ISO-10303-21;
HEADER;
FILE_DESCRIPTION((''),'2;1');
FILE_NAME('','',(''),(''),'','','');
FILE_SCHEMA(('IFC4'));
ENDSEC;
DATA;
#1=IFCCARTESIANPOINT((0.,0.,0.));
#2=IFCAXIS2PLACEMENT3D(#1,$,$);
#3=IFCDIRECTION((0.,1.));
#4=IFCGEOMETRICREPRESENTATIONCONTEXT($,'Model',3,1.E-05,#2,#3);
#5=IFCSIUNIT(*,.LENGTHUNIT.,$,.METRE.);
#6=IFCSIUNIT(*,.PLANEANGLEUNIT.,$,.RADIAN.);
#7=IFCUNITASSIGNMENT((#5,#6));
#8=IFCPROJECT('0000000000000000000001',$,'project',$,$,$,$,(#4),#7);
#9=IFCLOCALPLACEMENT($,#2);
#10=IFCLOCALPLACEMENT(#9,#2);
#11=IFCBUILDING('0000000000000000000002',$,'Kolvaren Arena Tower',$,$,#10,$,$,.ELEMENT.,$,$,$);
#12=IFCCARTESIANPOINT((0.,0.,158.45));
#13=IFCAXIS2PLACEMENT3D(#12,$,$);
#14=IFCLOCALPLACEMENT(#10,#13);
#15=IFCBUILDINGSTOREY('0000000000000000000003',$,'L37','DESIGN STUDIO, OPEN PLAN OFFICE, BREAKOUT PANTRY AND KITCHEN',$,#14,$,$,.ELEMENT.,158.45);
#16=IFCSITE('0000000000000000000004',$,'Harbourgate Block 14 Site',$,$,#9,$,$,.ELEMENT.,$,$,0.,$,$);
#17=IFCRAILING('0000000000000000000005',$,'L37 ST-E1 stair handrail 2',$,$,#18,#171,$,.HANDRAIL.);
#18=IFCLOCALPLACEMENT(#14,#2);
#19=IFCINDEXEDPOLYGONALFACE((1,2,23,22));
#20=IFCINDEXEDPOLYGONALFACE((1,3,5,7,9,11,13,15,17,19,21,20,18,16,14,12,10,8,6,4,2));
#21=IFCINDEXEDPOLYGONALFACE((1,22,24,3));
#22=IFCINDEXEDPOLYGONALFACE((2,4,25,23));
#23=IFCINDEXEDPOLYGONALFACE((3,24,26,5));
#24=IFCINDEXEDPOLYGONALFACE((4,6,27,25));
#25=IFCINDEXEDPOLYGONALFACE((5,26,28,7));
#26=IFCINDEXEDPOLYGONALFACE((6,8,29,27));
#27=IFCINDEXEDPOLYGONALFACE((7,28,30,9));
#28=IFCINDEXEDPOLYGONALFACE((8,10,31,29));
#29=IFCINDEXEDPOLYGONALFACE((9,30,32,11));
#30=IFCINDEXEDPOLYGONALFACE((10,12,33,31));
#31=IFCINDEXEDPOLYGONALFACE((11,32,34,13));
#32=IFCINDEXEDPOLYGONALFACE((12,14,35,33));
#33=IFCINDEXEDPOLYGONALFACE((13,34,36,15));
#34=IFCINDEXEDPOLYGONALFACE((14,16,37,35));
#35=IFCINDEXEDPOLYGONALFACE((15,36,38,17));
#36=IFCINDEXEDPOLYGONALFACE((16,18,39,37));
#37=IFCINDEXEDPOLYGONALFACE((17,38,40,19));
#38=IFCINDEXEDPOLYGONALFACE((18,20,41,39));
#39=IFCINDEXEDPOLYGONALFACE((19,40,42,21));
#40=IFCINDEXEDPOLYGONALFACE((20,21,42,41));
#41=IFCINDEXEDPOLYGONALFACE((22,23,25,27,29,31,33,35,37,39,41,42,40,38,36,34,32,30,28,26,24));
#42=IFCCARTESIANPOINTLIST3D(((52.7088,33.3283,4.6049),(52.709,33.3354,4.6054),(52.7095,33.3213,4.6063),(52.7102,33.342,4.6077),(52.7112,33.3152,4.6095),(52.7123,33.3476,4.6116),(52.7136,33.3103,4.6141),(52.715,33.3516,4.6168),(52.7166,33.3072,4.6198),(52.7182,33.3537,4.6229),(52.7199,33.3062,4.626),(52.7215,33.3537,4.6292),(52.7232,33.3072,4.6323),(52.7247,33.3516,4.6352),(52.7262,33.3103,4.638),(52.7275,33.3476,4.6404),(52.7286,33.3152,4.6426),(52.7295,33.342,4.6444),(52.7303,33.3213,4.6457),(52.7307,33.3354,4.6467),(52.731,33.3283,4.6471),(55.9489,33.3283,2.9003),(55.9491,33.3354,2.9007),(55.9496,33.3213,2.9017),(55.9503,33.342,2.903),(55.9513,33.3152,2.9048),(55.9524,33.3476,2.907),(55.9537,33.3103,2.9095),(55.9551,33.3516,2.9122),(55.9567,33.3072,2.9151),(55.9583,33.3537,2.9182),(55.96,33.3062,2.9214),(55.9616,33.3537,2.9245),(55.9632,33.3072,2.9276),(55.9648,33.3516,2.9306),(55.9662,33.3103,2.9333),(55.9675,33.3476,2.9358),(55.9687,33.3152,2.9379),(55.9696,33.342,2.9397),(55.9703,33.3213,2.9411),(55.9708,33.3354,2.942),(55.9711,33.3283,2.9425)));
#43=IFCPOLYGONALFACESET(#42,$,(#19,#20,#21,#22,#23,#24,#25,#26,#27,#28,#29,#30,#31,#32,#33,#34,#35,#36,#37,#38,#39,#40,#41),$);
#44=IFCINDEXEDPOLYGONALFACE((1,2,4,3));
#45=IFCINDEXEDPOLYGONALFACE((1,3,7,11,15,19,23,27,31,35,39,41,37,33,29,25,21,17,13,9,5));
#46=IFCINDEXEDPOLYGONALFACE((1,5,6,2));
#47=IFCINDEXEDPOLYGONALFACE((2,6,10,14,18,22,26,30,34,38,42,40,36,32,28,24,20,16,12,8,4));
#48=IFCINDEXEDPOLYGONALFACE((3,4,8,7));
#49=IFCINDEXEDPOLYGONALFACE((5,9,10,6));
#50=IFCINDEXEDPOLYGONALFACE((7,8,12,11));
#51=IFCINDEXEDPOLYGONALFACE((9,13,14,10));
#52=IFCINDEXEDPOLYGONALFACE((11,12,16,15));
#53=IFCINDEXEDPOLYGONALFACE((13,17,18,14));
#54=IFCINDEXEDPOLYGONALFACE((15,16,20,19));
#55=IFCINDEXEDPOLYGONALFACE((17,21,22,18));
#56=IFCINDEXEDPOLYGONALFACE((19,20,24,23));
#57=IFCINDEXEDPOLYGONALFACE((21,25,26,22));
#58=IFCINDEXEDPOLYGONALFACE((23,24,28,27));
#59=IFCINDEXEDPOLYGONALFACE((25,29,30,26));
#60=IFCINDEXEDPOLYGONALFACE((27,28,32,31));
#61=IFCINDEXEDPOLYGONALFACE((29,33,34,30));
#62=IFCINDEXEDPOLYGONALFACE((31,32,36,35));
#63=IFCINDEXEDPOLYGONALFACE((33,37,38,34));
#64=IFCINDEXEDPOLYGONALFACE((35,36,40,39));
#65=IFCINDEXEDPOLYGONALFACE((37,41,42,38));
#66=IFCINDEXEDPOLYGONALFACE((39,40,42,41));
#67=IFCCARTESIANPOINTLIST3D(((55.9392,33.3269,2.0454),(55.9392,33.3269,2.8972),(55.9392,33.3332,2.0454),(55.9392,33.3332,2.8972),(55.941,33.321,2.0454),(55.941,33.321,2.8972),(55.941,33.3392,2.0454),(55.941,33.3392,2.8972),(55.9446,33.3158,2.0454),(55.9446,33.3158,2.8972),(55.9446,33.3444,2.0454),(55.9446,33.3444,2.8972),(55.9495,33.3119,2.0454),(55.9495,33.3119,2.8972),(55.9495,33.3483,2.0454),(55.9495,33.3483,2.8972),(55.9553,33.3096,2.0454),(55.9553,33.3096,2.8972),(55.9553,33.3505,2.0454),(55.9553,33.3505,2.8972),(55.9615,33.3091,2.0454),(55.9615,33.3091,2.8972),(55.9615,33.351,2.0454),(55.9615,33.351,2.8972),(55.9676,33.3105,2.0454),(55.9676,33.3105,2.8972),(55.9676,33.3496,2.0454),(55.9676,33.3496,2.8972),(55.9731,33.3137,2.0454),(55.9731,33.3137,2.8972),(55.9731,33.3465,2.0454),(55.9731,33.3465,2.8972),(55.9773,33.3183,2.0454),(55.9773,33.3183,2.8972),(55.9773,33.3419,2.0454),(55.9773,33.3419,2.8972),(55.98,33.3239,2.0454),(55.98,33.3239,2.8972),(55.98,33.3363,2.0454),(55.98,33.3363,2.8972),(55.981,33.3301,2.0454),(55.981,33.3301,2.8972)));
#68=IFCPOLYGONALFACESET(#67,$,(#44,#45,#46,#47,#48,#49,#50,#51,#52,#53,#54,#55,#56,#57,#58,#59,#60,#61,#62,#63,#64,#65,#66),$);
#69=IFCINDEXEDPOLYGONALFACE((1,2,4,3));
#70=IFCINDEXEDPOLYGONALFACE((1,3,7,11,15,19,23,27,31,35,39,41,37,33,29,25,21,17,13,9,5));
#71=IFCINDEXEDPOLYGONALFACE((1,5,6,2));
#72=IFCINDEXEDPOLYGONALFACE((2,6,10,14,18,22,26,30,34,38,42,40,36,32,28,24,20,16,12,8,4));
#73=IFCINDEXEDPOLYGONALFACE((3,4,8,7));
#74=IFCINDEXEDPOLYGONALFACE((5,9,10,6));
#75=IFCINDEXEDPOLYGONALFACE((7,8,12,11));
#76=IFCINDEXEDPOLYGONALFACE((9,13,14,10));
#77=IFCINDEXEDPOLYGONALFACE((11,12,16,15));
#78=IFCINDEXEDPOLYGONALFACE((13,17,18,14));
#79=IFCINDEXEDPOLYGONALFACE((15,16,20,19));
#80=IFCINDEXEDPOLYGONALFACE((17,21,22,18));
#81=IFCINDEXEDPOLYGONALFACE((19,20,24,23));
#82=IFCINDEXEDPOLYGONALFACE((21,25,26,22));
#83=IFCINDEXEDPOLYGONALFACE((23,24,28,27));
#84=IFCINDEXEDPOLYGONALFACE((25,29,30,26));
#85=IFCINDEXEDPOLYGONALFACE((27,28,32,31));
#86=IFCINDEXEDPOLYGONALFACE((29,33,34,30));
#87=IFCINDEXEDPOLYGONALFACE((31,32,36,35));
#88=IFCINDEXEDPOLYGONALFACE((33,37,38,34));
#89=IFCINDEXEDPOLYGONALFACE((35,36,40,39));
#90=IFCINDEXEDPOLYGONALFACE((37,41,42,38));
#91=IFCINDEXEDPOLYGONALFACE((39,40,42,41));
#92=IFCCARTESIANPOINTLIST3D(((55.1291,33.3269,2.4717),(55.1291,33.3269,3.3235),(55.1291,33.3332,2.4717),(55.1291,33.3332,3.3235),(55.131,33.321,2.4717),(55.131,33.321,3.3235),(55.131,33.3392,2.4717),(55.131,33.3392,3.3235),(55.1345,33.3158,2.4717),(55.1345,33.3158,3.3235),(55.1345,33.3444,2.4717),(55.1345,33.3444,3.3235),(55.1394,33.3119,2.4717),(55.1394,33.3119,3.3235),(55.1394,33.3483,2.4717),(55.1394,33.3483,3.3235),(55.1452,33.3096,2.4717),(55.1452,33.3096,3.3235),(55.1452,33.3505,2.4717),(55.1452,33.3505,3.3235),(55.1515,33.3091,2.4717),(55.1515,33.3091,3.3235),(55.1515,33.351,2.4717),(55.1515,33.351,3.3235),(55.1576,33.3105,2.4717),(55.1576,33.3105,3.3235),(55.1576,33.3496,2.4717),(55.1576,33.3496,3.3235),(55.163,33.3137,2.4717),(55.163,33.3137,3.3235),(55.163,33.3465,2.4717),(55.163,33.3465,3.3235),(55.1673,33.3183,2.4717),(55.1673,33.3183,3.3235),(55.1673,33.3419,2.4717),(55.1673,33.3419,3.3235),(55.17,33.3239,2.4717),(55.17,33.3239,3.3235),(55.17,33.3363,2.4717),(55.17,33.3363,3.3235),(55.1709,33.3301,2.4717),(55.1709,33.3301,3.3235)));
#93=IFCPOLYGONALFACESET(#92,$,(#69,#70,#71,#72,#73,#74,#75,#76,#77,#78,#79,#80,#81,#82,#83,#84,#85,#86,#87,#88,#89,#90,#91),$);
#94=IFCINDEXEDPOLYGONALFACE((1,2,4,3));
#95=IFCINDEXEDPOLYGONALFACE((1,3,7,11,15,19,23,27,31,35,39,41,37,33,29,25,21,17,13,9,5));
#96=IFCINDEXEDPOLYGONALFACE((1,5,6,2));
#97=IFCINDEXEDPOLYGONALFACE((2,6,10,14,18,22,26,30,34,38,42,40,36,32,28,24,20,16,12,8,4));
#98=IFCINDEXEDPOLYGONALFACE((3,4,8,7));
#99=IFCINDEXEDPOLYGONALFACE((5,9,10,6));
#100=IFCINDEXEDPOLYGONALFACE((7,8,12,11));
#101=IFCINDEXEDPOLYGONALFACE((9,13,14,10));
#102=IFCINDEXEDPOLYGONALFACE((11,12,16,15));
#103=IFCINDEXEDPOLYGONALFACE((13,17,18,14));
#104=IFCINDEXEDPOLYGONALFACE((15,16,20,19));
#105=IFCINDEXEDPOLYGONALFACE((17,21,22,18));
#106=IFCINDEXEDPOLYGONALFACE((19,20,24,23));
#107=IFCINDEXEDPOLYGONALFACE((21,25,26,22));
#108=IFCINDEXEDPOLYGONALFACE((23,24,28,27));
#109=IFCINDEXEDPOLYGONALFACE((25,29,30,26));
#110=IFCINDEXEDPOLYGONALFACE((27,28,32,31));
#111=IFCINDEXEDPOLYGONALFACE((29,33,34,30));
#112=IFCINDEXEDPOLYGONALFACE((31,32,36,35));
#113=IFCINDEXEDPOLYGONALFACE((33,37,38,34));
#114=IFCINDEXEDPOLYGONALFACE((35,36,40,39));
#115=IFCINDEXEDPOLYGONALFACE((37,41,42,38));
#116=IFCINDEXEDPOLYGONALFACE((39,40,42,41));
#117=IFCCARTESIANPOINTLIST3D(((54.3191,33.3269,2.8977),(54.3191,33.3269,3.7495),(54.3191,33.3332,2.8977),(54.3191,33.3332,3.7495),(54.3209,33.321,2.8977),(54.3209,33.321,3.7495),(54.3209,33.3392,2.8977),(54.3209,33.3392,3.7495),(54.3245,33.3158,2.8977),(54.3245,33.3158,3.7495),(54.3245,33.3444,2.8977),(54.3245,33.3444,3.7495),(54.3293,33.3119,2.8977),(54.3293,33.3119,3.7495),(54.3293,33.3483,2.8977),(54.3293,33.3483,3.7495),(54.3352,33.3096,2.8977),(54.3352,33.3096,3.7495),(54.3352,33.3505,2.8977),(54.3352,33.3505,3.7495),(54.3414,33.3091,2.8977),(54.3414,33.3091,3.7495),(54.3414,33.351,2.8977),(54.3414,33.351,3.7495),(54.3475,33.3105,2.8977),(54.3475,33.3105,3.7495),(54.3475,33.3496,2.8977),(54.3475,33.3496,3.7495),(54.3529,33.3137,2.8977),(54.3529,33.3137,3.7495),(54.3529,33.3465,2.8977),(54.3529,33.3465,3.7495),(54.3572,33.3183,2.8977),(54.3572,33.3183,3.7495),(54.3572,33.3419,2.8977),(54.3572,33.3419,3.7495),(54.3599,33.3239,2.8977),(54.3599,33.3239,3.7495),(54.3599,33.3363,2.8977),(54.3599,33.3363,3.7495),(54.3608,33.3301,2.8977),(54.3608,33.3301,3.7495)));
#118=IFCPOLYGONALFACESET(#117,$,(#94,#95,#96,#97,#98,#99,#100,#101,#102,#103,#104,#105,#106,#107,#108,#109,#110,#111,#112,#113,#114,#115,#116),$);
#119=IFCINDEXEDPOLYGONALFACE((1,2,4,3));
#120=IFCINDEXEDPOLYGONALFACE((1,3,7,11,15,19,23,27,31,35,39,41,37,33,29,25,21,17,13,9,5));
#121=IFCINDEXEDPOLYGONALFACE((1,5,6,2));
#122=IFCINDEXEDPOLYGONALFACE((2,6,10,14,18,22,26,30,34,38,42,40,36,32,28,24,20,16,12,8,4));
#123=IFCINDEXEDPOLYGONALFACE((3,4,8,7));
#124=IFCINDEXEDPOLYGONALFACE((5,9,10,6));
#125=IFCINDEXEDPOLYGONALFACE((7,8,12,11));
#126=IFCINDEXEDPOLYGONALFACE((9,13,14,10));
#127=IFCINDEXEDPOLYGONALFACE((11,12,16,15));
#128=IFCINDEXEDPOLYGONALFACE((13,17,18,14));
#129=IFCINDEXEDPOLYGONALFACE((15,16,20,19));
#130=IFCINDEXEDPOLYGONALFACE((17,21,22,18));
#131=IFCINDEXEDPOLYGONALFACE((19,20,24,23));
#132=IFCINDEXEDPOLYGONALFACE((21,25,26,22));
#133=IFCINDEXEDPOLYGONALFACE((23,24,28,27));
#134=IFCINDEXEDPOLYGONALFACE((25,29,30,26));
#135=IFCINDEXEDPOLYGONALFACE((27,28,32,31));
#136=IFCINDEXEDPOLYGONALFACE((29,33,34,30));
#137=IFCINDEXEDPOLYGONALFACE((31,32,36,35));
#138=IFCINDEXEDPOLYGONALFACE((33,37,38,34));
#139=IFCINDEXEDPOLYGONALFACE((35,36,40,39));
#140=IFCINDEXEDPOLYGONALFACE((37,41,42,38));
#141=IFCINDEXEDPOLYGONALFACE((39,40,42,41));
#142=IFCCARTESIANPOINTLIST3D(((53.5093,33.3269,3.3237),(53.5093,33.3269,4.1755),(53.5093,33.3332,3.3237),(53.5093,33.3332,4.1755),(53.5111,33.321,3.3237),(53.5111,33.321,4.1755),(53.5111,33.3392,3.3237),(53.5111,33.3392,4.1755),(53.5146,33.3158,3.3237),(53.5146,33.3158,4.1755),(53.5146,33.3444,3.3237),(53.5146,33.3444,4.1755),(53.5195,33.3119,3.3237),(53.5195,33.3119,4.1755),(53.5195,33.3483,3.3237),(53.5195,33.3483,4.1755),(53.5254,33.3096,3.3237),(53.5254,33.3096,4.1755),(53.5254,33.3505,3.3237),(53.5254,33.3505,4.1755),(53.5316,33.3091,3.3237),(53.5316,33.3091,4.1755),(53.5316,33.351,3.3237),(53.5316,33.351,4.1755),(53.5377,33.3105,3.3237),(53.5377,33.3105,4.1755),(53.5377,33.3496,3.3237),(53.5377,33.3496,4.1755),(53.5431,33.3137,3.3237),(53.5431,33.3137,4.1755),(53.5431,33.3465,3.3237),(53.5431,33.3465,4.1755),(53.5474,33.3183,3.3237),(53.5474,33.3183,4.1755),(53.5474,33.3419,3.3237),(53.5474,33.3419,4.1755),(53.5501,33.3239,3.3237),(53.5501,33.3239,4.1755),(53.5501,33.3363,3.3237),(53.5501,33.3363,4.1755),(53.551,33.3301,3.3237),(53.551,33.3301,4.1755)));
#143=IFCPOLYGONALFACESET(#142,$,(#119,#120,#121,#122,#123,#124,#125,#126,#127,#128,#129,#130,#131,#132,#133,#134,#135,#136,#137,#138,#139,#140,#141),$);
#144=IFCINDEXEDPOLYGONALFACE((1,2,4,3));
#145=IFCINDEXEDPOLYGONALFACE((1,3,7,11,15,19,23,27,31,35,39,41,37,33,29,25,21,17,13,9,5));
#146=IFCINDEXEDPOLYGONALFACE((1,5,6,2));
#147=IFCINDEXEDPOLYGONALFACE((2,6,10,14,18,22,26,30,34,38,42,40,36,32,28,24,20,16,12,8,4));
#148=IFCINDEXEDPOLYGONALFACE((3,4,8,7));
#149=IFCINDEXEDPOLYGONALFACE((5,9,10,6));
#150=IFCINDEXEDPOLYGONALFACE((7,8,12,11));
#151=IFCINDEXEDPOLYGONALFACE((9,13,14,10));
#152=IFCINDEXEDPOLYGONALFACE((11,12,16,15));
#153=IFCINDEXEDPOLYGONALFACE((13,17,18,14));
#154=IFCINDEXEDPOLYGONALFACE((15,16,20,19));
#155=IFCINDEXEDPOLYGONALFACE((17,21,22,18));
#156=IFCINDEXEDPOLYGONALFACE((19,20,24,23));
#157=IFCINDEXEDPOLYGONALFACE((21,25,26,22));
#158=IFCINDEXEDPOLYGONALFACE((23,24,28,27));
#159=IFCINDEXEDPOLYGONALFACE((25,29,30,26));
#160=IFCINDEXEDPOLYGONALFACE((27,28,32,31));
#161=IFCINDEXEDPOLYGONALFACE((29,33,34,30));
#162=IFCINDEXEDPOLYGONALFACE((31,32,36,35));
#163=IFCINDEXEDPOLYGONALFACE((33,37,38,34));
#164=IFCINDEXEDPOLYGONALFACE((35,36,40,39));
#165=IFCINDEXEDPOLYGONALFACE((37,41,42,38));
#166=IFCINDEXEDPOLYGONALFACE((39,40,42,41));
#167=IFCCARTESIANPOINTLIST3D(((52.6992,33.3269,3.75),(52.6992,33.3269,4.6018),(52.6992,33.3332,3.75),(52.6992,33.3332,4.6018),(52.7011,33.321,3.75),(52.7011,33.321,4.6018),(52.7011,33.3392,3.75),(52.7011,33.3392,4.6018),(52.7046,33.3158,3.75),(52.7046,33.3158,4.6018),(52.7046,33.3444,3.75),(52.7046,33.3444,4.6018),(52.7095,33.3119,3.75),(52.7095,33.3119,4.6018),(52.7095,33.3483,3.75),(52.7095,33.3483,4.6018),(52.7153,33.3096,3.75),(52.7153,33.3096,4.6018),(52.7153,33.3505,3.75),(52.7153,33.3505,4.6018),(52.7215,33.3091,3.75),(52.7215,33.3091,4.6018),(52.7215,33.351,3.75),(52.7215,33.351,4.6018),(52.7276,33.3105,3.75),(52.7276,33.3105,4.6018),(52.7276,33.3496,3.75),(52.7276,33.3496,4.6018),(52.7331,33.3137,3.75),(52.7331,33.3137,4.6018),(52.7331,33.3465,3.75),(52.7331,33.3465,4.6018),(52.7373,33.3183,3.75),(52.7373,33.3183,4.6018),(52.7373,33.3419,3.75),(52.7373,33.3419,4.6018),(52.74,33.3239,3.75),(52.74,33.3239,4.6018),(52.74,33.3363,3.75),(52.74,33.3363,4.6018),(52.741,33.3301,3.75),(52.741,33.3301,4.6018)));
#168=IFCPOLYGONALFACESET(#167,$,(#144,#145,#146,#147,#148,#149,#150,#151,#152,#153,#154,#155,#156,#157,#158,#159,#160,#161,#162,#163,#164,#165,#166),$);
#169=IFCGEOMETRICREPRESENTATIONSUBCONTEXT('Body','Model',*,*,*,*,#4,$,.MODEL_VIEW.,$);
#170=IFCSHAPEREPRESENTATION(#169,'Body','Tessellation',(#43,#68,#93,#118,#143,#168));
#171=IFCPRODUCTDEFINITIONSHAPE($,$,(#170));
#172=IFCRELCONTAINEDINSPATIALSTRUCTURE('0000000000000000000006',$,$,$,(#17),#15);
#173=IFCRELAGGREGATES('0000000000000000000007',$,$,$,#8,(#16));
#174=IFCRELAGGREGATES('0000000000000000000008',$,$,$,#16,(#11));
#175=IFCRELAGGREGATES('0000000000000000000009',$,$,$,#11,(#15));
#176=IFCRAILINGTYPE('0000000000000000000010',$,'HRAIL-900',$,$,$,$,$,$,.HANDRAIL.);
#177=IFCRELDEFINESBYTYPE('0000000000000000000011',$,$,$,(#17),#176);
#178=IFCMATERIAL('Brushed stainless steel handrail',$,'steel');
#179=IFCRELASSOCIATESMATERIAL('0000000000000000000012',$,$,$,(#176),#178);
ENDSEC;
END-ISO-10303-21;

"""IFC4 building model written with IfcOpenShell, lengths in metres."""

from ifc_helpers import new_model, si_unit, direction, frame, origin, origin_2d, place, context, subcontext, project, spatial, circle, extrude, material, type_object, element, save


model = new_model("IFC4")

# Units and contexts
model_context = context("Model", 3, precision=1e-05, world=origin(), true_north=direction((0.0, 1.0)))
body_context = subcontext(model_context, "Body", "Model", "MODEL_VIEW")
ifc_project = project(units=[si_unit("LENGTHUNIT", "METRE"), si_unit("PLANEANGLEUNIT", "RADIAN")], contexts=[model_context])

# Site, building, storey
site_placement = place(None, origin())
site = spatial("IfcSite", under=ifc_project, at=site_placement, Name="Harbourgate Block 14 Site", CompositionType="ELEMENT", RefElevation=0.0)
building_placement = place(site_placement, origin())
building = spatial("IfcBuilding", under=site, at=building_placement, Name="Kolvaren Arena Tower", CompositionType="ELEMENT")
storey_placement = place(building_placement, frame((0.0, 0.0, 158.45)))
storey = spatial("IfcBuildingStorey", under=building, at=storey_placement, Name="L37", Description="DESIGN STUDIO, OPEN PLAN OFFICE, BREAKOUT PANTRY AND KITCHEN", CompositionType="ELEMENT", Elevation=158.45)

# Railing
ifc_material_1 = material(Name="Brushed stainless steel handrail", Category="steel")
railing_type_1 = type_object("IfcRailingType", Name="HRAIL-900", PredefinedType="HANDRAIL", material=ifc_material_1)
railing_1_placement = place(storey_placement, frame((55.96, 33.3301, 2.0454)))
element("IfcRailing", 1, at=railing_1_placement, inside=storey, type_object=railing_type_1, Name="L37 ST-E1 stair handrail 2", PredefinedType="HANDRAIL", context=body_context, shape_type="SweptSolid", body=[
    extrude(circle(Radius=0.0239, at=origin_2d()), frame((0.0, 0.0, 0.876), z_axis=(-0.884993, 0.0, 0.465604), x_axis=(0.0, -1.0, 0.0)), (0.0, 0.0, 1.0), 3.6611),
    extrude(circle(Radius=0.021, at=origin_2d()), origin(), (0.0, 0.0, 1.0), 0.8518),
    extrude(circle(Radius=0.021, at=origin_2d()), frame((-0.8101, 0.0, 0.4263)), (0.0, 0.0, 1.0), 0.8518),
    extrude(circle(Radius=0.021, at=origin_2d()), frame((-1.6201, 0.0, 0.8523)), (0.0, 0.0, 1.0), 0.8518),
    extrude(circle(Radius=0.021, at=origin_2d()), frame((-2.4299, 0.0, 1.2783)), (0.0, 0.0, 1.0), 0.8518),
    extrude(circle(Radius=0.021, at=origin_2d()), frame((-3.24, 0.0, 1.7046)), (0.0, 0.0, 1.0), 0.8518),
])

save(model, "model.ifc")
